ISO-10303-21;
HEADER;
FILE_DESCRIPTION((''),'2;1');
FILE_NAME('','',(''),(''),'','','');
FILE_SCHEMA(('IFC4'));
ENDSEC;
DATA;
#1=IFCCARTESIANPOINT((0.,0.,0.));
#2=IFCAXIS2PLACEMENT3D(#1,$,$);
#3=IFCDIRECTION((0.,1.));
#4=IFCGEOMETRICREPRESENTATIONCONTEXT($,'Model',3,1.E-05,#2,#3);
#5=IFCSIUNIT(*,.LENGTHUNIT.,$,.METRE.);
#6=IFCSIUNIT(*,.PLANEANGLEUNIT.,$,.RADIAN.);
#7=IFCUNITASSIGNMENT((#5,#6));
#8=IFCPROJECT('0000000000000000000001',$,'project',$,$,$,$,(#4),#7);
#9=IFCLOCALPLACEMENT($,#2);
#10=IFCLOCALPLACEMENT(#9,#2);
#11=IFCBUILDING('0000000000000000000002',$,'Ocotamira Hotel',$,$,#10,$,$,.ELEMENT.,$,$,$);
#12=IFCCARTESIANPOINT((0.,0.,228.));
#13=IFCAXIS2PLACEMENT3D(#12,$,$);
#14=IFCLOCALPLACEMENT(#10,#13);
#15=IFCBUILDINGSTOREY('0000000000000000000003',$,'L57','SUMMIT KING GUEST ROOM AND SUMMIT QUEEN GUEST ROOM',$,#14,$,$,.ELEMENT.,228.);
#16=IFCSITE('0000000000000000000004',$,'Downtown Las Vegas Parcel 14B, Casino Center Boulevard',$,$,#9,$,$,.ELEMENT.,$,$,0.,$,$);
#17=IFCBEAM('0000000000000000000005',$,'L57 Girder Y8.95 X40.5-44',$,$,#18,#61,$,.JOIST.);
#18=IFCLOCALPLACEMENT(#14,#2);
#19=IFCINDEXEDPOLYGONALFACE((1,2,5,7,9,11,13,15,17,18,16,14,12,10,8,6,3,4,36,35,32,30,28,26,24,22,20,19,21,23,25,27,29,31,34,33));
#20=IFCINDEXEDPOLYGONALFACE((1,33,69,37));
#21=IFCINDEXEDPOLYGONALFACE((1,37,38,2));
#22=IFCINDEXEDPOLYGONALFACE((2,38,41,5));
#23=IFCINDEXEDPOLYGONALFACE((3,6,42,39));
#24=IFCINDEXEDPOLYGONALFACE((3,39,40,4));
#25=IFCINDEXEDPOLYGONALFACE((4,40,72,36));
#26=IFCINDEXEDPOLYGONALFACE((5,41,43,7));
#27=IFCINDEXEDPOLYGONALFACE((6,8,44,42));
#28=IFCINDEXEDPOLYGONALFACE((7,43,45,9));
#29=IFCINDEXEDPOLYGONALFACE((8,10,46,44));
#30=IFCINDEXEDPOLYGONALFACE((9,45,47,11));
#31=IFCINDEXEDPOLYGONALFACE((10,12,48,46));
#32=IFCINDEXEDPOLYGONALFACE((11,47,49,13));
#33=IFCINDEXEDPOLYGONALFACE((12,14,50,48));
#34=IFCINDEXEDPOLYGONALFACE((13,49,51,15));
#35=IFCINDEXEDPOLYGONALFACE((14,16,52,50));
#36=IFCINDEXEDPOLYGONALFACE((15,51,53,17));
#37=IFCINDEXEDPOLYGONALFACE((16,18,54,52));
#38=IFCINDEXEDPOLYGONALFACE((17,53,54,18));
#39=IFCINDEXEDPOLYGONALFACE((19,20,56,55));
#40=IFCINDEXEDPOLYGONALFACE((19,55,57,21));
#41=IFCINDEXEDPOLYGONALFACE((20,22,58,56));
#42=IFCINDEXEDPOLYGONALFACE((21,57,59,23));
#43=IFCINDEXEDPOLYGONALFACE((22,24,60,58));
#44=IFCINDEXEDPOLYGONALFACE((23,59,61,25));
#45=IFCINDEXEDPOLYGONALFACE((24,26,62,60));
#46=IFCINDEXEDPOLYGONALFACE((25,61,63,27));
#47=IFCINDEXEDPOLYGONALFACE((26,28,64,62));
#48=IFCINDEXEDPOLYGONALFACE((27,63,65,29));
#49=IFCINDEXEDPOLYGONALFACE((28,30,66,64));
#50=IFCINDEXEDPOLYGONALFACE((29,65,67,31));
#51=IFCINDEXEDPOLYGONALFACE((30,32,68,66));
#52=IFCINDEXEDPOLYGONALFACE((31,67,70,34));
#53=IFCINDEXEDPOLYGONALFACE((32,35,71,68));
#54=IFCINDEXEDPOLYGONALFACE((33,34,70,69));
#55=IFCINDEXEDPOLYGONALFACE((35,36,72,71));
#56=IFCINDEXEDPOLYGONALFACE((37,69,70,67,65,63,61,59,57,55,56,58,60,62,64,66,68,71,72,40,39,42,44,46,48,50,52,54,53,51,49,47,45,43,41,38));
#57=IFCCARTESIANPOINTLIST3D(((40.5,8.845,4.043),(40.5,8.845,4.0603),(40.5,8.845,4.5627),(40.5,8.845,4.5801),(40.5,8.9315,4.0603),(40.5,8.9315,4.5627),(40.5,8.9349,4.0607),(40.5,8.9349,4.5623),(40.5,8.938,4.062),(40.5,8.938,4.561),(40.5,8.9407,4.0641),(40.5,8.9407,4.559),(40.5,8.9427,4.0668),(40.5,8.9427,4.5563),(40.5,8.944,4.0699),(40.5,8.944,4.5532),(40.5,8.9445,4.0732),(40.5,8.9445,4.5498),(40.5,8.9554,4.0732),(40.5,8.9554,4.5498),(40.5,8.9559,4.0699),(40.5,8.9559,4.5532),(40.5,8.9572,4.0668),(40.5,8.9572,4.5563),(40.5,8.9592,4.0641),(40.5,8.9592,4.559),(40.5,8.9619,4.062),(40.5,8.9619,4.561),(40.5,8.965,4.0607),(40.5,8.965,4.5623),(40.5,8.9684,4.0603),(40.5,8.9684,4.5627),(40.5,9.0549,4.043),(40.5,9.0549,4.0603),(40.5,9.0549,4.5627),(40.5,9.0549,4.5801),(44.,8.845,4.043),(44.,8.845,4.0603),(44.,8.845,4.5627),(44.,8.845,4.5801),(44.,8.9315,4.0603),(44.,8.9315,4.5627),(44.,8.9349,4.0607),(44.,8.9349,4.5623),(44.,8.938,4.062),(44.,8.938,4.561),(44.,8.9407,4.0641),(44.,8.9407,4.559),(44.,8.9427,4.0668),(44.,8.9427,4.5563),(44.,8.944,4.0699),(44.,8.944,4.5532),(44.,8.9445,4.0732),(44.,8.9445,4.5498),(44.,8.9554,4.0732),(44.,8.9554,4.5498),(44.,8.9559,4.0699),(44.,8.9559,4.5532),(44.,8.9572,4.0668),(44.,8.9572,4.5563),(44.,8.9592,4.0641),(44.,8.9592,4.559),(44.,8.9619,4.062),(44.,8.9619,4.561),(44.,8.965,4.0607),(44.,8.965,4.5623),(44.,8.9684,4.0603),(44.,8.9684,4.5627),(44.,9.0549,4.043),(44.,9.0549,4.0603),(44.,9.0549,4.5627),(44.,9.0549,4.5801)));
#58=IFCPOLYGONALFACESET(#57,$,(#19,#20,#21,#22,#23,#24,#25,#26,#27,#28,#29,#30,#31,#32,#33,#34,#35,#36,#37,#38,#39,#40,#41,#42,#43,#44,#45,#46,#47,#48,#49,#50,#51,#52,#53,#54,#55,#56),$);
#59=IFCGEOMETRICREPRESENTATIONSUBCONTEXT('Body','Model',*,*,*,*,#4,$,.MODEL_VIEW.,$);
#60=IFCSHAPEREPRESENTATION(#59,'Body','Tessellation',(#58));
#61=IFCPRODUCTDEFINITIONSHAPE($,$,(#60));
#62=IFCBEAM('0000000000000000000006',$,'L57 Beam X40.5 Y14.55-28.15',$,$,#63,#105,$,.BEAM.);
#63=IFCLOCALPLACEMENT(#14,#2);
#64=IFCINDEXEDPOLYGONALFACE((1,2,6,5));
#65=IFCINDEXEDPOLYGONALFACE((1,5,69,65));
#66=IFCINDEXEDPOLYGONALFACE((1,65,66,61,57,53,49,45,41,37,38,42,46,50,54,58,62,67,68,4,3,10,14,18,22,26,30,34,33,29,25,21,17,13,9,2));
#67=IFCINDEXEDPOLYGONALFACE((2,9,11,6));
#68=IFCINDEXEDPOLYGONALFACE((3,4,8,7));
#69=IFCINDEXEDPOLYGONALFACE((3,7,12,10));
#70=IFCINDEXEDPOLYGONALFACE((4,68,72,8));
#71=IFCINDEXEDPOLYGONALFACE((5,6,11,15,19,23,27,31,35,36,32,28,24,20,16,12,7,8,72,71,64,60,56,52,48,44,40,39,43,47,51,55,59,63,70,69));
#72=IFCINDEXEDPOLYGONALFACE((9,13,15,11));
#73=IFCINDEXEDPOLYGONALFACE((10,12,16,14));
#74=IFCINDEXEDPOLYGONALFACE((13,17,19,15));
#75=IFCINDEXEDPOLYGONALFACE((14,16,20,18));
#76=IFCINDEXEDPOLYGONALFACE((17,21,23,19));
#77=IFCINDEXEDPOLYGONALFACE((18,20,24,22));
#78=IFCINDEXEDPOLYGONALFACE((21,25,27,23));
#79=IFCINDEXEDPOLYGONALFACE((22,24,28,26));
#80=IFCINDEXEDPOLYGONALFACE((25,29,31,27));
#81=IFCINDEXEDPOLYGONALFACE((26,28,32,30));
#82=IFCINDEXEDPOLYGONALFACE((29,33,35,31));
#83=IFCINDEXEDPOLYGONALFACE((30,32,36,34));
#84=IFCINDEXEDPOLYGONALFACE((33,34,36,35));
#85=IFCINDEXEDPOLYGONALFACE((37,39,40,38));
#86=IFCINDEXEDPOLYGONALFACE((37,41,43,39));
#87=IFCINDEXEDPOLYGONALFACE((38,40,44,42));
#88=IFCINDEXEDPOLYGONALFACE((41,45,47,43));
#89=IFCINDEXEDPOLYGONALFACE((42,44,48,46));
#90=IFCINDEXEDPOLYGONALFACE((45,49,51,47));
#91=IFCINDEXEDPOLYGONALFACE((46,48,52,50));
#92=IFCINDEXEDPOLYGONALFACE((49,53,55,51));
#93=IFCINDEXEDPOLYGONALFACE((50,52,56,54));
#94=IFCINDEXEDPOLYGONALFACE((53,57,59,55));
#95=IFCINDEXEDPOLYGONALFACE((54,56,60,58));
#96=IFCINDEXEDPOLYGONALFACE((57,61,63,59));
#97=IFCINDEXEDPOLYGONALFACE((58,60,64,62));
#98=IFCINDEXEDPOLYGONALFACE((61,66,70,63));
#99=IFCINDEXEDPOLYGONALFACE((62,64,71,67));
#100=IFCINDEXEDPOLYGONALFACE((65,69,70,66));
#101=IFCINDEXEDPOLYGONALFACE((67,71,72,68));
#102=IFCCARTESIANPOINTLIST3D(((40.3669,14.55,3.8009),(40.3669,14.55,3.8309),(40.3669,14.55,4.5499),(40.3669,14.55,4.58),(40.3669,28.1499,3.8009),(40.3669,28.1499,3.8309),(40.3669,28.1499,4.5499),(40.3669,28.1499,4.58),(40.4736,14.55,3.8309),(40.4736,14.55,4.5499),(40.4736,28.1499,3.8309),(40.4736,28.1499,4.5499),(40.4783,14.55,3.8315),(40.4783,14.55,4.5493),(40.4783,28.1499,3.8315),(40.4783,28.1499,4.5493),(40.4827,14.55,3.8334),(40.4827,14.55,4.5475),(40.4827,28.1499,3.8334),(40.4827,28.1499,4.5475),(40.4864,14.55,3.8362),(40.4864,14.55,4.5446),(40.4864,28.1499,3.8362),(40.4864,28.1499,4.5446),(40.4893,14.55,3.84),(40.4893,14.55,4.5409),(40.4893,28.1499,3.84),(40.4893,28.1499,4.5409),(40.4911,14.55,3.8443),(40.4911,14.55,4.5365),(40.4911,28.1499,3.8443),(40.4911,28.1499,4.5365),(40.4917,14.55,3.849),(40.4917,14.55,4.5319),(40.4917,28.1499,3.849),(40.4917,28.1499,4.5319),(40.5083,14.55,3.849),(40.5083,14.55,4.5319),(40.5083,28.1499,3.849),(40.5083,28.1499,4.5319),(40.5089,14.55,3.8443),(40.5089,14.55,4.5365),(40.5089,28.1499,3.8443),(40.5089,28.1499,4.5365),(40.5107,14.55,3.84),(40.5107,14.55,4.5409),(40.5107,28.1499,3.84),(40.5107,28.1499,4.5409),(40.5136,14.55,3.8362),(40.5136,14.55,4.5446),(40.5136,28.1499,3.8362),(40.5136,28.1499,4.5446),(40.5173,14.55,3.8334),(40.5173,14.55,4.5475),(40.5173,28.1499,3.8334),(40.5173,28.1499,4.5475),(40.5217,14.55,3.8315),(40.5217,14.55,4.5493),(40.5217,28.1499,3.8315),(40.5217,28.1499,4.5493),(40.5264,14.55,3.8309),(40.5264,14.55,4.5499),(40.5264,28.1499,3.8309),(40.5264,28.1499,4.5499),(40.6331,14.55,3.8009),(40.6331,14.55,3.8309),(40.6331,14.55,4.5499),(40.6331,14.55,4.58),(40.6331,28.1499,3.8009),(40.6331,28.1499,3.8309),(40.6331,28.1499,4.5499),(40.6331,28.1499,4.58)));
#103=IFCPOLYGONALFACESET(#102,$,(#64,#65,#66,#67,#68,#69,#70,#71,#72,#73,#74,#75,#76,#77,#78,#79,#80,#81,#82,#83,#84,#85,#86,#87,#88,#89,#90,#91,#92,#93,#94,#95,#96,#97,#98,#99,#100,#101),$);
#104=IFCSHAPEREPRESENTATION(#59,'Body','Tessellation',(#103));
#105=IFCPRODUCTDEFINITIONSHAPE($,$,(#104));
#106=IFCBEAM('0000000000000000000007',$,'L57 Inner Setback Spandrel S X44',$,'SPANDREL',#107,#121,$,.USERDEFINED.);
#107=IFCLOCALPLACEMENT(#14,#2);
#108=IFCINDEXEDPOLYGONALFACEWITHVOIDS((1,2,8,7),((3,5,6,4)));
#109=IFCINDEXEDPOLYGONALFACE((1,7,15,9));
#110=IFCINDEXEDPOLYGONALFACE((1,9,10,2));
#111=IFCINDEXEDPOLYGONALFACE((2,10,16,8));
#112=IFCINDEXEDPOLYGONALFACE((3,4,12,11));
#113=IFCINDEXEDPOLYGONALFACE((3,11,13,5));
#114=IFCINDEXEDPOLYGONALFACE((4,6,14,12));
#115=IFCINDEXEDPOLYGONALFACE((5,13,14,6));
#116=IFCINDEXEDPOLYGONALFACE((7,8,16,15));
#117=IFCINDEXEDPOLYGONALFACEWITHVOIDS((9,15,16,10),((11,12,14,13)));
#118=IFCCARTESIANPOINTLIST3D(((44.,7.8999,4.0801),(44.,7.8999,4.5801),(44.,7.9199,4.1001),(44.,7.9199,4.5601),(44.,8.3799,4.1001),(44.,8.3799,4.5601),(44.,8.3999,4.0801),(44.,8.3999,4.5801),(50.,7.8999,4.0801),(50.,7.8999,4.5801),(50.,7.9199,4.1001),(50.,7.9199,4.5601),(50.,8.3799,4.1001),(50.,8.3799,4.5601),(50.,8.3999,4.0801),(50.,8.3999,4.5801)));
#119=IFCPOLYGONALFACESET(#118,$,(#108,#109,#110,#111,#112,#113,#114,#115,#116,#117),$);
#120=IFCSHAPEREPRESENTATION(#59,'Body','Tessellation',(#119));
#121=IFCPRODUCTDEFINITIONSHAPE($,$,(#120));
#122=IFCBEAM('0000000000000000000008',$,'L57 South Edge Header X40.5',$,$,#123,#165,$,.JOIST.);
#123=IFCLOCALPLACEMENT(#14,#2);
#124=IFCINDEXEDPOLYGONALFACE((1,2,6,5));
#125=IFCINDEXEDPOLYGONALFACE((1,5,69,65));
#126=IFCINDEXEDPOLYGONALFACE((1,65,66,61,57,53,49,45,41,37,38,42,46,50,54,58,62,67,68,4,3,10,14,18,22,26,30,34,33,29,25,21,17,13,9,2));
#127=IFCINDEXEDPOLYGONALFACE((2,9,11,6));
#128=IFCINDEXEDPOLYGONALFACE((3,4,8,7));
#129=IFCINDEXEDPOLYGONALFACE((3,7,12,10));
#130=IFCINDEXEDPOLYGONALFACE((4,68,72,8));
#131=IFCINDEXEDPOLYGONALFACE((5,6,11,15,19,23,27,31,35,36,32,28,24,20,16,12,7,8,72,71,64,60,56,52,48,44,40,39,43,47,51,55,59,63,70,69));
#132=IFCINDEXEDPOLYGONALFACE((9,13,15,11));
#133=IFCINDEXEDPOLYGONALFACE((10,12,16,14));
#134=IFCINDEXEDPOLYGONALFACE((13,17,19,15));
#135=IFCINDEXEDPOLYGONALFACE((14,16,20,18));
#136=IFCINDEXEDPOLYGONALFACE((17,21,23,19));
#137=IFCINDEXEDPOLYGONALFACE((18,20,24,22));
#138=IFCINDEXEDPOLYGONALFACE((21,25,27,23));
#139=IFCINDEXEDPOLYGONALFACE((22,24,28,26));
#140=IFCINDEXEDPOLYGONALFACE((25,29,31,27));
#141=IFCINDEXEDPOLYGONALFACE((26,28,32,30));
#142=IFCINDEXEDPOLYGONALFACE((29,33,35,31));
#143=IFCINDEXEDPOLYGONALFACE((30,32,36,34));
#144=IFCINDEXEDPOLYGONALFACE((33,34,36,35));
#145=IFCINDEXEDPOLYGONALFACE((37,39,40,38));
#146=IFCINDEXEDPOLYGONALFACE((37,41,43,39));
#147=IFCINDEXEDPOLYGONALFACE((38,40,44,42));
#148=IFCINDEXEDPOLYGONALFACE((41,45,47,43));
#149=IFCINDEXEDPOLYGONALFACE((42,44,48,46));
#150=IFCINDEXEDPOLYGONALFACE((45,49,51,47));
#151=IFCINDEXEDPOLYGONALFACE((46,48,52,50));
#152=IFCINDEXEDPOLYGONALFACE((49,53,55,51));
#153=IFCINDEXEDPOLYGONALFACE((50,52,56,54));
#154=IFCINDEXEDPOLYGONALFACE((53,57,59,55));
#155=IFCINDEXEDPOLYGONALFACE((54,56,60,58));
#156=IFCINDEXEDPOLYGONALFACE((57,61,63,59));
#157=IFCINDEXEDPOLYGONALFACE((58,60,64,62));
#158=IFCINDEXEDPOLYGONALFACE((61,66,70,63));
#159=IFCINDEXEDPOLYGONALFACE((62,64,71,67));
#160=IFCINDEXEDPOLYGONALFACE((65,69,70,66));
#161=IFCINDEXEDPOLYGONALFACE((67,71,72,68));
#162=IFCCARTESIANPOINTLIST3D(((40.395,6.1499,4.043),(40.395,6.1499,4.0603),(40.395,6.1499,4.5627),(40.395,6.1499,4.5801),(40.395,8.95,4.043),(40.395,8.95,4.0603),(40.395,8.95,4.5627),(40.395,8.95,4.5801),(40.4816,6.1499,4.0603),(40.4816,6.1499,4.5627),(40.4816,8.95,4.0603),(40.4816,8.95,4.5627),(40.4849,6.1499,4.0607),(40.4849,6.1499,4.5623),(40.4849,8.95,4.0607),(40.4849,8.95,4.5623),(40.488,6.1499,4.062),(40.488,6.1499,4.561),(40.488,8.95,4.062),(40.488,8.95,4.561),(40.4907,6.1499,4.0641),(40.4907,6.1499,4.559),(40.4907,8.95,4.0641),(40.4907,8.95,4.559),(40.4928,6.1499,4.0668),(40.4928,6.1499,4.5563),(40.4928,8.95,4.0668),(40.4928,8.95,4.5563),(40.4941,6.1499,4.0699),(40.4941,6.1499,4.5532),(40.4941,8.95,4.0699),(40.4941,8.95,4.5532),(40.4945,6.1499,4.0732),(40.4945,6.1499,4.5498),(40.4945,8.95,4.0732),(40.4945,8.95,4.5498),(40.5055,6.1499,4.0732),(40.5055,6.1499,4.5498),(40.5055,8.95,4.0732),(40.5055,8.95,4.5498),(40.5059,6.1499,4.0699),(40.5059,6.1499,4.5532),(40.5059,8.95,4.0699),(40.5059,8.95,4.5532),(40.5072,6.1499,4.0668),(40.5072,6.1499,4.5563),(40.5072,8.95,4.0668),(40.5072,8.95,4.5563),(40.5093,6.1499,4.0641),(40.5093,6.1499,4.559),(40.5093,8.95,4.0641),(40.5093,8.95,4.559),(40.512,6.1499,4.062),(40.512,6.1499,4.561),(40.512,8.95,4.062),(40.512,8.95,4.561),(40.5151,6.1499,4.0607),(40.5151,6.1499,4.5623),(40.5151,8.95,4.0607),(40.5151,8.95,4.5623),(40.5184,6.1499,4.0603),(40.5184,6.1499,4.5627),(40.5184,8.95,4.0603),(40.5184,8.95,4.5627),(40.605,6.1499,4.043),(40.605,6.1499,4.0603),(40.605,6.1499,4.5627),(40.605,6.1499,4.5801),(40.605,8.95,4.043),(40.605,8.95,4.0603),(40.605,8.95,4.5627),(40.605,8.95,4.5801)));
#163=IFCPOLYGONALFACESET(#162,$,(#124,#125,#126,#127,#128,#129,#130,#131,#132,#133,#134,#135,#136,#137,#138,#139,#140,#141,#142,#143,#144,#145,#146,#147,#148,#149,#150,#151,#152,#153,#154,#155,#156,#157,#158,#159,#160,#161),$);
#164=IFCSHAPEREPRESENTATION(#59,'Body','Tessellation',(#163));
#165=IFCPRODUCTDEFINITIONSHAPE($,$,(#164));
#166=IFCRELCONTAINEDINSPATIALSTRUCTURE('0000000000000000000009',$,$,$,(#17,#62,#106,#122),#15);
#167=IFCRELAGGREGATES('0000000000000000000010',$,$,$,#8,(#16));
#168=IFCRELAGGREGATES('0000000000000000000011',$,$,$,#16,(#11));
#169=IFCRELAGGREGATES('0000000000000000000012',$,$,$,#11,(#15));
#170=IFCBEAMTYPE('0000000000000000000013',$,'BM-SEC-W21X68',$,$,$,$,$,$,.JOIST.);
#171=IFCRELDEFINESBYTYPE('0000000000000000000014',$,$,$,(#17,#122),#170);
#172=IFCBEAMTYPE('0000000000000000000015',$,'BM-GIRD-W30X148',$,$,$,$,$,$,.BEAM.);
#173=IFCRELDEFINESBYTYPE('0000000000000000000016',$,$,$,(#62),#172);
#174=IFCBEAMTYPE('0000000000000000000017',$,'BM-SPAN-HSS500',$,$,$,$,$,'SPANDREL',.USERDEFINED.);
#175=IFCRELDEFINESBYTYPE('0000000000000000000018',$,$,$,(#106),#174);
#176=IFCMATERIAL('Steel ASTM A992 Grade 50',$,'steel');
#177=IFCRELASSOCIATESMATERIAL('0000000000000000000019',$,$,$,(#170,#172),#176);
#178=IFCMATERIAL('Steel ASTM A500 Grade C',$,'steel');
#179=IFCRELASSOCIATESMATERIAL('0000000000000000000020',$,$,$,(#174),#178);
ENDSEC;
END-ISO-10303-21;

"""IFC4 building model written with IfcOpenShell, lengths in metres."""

from ifc_helpers import new_model, si_unit, direction, frame, origin, origin_2d, place, context, subcontext, project, spatial, hollow_rectangle, i_section, extrude, source, transform, mapped, material, material_profile, profile_set, type_object, element, save


model = new_model("IFC4")

# Units and contexts
model_context = context("Model", 3, precision=1e-05, world=origin(), true_north=direction((0.0, 1.0)))
body_context = subcontext(model_context, "Body", "Model", "MODEL_VIEW")
ifc_project = project(units=[si_unit("LENGTHUNIT", "METRE"), si_unit("PLANEANGLEUNIT", "RADIAN")], contexts=[model_context])

# Site, building, storey
site_placement = place(None, origin())
site = spatial("IfcSite", under=ifc_project, at=site_placement, Name="Downtown Las Vegas Parcel 14B, Casino Center Boulevard", CompositionType="ELEMENT", RefElevation=0.0)
building_placement = place(site_placement, origin())
building = spatial("IfcBuilding", under=site, at=building_placement, Name="Ocotamira Hotel", CompositionType="ELEMENT")
storey_placement = place(building_placement, frame((0.0, 0.0, 228.0)))
storey = spatial("IfcBuildingStorey", under=building, at=storey_placement, Name="L57", Description="SUMMIT KING GUEST ROOM AND SUMMIT QUEEN GUEST ROOM", CompositionType="ELEMENT", Elevation=228.0)

# Beams
ifc_material_1 = material(Name="Steel ASTM A992 Grade 50", Category="steel")
ifc_material_profile_1 = material_profile(ifc_material_1, i_section(OverallWidth=0.21, OverallDepth=0.5371, WebThickness=0.011, FlangeThickness=0.0173, FilletRadius=0.0129, at=origin_2d()), Name="W21X68")
ifc_profile_set_1 = profile_set([ifc_material_profile_1], Name="Steel ASTM A992 Grade 50")
beam_type_1 = type_object("IfcBeamType", Name="BM-SEC-W21X68", PredefinedType="JOIST", material=ifc_profile_set_1)
shared_shape_1 = source(origin(), body_context, "Body", "SweptSolid", [
    extrude(i_section(OverallWidth=0.21, OverallDepth=0.5371, WebThickness=0.011, FlangeThickness=0.0173, FilletRadius=0.0129, at=origin_2d()), origin(), (0.0, 0.0, 1.0), 3.5),
])
beam_1_placement = place(storey_placement, frame((40.5, 8.95, 4.3115), z_axis=(1.0, 0.0, 0.0), x_axis=(0.0, 1.0, 0.0)))
element("IfcBeam", 1, at=beam_1_placement, inside=storey, type_object=beam_type_1, Name="L57 Girder Y8.95 X40.5-44", PredefinedType="JOIST", context=body_context, shape_type="MappedRepresentation", body=[
    mapped(shared_shape_1, transform((0.0, 0.0, 0.0), scale=1.0)),
])
ifc_material_profile_2 = material_profile(ifc_material_1, i_section(OverallWidth=0.2661, OverallDepth=0.7791, WebThickness=0.0166, FlangeThickness=0.03, FilletRadius=0.0181, at=origin_2d()), Name="W30X148")
ifc_profile_set_2 = profile_set([ifc_material_profile_2], Name="Steel ASTM A992 Grade 50")
beam_type_2 = type_object("IfcBeamType", Name="BM-GIRD-W30X148", PredefinedType="BEAM", material=ifc_profile_set_2)
shared_shape_2 = source(origin(), body_context, "Body", "SweptSolid", [
    extrude(i_section(OverallWidth=0.2661, OverallDepth=0.7791, WebThickness=0.0166, FlangeThickness=0.03, FilletRadius=0.0181, at=origin_2d()), origin(), (0.0, 0.0, 1.0), 13.5999),
])
beam_2_placement = place(storey_placement, frame((40.5, 14.55, 4.1904), z_axis=(0.0, 1.0, 0.0), x_axis=(-1.0, 0.0, 0.0)))
element("IfcBeam", 2, at=beam_2_placement, inside=storey, type_object=beam_type_2, Name="L57 Beam X40.5 Y14.55-28.15", PredefinedType="BEAM", context=body_context, shape_type="MappedRepresentation", body=[
    mapped(shared_shape_2, transform((0.0, 0.0, 0.0), scale=1.0)),
])
ifc_material_2 = material(Name="Steel ASTM A500 Grade C", Category="steel")
ifc_material_profile_3 = material_profile(ifc_material_2, hollow_rectangle(XDim=0.5, YDim=0.5, WallThickness=0.02, at=origin_2d()), Name="HSS500X500X20")
ifc_profile_set_3 = profile_set([ifc_material_profile_3], Name="Steel ASTM A500 Grade C")
beam_type_3 = type_object("IfcBeamType", Name="BM-SPAN-HSS500", ElementType="SPANDREL", PredefinedType="USERDEFINED", material=ifc_profile_set_3)
shared_shape_3 = source(origin(), body_context, "Body", "SweptSolid", [
    extrude(hollow_rectangle(XDim=0.5, YDim=0.5, WallThickness=0.02, at=origin_2d()), origin(), (0.0, 0.0, 1.0), 6.0),
])
beam_3_placement = place(storey_placement, frame((44.0, 8.1499, 4.3301), z_axis=(1.0, 0.0, 0.0), x_axis=(0.0, 1.0, 0.0)))
element("IfcBeam", 3, at=beam_3_placement, inside=storey, type_object=beam_type_3, Name="L57 Inner Setback Spandrel S X44", ObjectType="SPANDREL", PredefinedType="USERDEFINED", context=body_context, shape_type="MappedRepresentation", body=[
    mapped(shared_shape_3, transform((0.0, 0.0, 0.0), scale=1.0)),
])
shared_shape_4 = source(origin(), body_context, "Body", "SweptSolid", [
    extrude(i_section(OverallWidth=0.21, OverallDepth=0.5371, WebThickness=0.011, FlangeThickness=0.0173, FilletRadius=0.0129, at=origin_2d()), origin(), (0.0, 0.0, 1.0), 2.8),
])
for number, where, z_axis, x_axis, name in (
    (4, (40.5, 8.95, 4.3115), (0.0, -1.0, 0.0), (1.0, 0.0, 0.0), "L57 South Edge Header X40.5"),
):
    element("IfcBeam", number, at=place(storey_placement, frame(where, z_axis=z_axis, x_axis=x_axis)), inside=storey, type_object=beam_type_1, Name=name, PredefinedType="JOIST", context=body_context, shape_type="MappedRepresentation", body=[
        mapped(shared_shape_4, transform((0.0, 0.0, 0.0), scale=1.0)),
    ])

save(model, "model.ifc")
